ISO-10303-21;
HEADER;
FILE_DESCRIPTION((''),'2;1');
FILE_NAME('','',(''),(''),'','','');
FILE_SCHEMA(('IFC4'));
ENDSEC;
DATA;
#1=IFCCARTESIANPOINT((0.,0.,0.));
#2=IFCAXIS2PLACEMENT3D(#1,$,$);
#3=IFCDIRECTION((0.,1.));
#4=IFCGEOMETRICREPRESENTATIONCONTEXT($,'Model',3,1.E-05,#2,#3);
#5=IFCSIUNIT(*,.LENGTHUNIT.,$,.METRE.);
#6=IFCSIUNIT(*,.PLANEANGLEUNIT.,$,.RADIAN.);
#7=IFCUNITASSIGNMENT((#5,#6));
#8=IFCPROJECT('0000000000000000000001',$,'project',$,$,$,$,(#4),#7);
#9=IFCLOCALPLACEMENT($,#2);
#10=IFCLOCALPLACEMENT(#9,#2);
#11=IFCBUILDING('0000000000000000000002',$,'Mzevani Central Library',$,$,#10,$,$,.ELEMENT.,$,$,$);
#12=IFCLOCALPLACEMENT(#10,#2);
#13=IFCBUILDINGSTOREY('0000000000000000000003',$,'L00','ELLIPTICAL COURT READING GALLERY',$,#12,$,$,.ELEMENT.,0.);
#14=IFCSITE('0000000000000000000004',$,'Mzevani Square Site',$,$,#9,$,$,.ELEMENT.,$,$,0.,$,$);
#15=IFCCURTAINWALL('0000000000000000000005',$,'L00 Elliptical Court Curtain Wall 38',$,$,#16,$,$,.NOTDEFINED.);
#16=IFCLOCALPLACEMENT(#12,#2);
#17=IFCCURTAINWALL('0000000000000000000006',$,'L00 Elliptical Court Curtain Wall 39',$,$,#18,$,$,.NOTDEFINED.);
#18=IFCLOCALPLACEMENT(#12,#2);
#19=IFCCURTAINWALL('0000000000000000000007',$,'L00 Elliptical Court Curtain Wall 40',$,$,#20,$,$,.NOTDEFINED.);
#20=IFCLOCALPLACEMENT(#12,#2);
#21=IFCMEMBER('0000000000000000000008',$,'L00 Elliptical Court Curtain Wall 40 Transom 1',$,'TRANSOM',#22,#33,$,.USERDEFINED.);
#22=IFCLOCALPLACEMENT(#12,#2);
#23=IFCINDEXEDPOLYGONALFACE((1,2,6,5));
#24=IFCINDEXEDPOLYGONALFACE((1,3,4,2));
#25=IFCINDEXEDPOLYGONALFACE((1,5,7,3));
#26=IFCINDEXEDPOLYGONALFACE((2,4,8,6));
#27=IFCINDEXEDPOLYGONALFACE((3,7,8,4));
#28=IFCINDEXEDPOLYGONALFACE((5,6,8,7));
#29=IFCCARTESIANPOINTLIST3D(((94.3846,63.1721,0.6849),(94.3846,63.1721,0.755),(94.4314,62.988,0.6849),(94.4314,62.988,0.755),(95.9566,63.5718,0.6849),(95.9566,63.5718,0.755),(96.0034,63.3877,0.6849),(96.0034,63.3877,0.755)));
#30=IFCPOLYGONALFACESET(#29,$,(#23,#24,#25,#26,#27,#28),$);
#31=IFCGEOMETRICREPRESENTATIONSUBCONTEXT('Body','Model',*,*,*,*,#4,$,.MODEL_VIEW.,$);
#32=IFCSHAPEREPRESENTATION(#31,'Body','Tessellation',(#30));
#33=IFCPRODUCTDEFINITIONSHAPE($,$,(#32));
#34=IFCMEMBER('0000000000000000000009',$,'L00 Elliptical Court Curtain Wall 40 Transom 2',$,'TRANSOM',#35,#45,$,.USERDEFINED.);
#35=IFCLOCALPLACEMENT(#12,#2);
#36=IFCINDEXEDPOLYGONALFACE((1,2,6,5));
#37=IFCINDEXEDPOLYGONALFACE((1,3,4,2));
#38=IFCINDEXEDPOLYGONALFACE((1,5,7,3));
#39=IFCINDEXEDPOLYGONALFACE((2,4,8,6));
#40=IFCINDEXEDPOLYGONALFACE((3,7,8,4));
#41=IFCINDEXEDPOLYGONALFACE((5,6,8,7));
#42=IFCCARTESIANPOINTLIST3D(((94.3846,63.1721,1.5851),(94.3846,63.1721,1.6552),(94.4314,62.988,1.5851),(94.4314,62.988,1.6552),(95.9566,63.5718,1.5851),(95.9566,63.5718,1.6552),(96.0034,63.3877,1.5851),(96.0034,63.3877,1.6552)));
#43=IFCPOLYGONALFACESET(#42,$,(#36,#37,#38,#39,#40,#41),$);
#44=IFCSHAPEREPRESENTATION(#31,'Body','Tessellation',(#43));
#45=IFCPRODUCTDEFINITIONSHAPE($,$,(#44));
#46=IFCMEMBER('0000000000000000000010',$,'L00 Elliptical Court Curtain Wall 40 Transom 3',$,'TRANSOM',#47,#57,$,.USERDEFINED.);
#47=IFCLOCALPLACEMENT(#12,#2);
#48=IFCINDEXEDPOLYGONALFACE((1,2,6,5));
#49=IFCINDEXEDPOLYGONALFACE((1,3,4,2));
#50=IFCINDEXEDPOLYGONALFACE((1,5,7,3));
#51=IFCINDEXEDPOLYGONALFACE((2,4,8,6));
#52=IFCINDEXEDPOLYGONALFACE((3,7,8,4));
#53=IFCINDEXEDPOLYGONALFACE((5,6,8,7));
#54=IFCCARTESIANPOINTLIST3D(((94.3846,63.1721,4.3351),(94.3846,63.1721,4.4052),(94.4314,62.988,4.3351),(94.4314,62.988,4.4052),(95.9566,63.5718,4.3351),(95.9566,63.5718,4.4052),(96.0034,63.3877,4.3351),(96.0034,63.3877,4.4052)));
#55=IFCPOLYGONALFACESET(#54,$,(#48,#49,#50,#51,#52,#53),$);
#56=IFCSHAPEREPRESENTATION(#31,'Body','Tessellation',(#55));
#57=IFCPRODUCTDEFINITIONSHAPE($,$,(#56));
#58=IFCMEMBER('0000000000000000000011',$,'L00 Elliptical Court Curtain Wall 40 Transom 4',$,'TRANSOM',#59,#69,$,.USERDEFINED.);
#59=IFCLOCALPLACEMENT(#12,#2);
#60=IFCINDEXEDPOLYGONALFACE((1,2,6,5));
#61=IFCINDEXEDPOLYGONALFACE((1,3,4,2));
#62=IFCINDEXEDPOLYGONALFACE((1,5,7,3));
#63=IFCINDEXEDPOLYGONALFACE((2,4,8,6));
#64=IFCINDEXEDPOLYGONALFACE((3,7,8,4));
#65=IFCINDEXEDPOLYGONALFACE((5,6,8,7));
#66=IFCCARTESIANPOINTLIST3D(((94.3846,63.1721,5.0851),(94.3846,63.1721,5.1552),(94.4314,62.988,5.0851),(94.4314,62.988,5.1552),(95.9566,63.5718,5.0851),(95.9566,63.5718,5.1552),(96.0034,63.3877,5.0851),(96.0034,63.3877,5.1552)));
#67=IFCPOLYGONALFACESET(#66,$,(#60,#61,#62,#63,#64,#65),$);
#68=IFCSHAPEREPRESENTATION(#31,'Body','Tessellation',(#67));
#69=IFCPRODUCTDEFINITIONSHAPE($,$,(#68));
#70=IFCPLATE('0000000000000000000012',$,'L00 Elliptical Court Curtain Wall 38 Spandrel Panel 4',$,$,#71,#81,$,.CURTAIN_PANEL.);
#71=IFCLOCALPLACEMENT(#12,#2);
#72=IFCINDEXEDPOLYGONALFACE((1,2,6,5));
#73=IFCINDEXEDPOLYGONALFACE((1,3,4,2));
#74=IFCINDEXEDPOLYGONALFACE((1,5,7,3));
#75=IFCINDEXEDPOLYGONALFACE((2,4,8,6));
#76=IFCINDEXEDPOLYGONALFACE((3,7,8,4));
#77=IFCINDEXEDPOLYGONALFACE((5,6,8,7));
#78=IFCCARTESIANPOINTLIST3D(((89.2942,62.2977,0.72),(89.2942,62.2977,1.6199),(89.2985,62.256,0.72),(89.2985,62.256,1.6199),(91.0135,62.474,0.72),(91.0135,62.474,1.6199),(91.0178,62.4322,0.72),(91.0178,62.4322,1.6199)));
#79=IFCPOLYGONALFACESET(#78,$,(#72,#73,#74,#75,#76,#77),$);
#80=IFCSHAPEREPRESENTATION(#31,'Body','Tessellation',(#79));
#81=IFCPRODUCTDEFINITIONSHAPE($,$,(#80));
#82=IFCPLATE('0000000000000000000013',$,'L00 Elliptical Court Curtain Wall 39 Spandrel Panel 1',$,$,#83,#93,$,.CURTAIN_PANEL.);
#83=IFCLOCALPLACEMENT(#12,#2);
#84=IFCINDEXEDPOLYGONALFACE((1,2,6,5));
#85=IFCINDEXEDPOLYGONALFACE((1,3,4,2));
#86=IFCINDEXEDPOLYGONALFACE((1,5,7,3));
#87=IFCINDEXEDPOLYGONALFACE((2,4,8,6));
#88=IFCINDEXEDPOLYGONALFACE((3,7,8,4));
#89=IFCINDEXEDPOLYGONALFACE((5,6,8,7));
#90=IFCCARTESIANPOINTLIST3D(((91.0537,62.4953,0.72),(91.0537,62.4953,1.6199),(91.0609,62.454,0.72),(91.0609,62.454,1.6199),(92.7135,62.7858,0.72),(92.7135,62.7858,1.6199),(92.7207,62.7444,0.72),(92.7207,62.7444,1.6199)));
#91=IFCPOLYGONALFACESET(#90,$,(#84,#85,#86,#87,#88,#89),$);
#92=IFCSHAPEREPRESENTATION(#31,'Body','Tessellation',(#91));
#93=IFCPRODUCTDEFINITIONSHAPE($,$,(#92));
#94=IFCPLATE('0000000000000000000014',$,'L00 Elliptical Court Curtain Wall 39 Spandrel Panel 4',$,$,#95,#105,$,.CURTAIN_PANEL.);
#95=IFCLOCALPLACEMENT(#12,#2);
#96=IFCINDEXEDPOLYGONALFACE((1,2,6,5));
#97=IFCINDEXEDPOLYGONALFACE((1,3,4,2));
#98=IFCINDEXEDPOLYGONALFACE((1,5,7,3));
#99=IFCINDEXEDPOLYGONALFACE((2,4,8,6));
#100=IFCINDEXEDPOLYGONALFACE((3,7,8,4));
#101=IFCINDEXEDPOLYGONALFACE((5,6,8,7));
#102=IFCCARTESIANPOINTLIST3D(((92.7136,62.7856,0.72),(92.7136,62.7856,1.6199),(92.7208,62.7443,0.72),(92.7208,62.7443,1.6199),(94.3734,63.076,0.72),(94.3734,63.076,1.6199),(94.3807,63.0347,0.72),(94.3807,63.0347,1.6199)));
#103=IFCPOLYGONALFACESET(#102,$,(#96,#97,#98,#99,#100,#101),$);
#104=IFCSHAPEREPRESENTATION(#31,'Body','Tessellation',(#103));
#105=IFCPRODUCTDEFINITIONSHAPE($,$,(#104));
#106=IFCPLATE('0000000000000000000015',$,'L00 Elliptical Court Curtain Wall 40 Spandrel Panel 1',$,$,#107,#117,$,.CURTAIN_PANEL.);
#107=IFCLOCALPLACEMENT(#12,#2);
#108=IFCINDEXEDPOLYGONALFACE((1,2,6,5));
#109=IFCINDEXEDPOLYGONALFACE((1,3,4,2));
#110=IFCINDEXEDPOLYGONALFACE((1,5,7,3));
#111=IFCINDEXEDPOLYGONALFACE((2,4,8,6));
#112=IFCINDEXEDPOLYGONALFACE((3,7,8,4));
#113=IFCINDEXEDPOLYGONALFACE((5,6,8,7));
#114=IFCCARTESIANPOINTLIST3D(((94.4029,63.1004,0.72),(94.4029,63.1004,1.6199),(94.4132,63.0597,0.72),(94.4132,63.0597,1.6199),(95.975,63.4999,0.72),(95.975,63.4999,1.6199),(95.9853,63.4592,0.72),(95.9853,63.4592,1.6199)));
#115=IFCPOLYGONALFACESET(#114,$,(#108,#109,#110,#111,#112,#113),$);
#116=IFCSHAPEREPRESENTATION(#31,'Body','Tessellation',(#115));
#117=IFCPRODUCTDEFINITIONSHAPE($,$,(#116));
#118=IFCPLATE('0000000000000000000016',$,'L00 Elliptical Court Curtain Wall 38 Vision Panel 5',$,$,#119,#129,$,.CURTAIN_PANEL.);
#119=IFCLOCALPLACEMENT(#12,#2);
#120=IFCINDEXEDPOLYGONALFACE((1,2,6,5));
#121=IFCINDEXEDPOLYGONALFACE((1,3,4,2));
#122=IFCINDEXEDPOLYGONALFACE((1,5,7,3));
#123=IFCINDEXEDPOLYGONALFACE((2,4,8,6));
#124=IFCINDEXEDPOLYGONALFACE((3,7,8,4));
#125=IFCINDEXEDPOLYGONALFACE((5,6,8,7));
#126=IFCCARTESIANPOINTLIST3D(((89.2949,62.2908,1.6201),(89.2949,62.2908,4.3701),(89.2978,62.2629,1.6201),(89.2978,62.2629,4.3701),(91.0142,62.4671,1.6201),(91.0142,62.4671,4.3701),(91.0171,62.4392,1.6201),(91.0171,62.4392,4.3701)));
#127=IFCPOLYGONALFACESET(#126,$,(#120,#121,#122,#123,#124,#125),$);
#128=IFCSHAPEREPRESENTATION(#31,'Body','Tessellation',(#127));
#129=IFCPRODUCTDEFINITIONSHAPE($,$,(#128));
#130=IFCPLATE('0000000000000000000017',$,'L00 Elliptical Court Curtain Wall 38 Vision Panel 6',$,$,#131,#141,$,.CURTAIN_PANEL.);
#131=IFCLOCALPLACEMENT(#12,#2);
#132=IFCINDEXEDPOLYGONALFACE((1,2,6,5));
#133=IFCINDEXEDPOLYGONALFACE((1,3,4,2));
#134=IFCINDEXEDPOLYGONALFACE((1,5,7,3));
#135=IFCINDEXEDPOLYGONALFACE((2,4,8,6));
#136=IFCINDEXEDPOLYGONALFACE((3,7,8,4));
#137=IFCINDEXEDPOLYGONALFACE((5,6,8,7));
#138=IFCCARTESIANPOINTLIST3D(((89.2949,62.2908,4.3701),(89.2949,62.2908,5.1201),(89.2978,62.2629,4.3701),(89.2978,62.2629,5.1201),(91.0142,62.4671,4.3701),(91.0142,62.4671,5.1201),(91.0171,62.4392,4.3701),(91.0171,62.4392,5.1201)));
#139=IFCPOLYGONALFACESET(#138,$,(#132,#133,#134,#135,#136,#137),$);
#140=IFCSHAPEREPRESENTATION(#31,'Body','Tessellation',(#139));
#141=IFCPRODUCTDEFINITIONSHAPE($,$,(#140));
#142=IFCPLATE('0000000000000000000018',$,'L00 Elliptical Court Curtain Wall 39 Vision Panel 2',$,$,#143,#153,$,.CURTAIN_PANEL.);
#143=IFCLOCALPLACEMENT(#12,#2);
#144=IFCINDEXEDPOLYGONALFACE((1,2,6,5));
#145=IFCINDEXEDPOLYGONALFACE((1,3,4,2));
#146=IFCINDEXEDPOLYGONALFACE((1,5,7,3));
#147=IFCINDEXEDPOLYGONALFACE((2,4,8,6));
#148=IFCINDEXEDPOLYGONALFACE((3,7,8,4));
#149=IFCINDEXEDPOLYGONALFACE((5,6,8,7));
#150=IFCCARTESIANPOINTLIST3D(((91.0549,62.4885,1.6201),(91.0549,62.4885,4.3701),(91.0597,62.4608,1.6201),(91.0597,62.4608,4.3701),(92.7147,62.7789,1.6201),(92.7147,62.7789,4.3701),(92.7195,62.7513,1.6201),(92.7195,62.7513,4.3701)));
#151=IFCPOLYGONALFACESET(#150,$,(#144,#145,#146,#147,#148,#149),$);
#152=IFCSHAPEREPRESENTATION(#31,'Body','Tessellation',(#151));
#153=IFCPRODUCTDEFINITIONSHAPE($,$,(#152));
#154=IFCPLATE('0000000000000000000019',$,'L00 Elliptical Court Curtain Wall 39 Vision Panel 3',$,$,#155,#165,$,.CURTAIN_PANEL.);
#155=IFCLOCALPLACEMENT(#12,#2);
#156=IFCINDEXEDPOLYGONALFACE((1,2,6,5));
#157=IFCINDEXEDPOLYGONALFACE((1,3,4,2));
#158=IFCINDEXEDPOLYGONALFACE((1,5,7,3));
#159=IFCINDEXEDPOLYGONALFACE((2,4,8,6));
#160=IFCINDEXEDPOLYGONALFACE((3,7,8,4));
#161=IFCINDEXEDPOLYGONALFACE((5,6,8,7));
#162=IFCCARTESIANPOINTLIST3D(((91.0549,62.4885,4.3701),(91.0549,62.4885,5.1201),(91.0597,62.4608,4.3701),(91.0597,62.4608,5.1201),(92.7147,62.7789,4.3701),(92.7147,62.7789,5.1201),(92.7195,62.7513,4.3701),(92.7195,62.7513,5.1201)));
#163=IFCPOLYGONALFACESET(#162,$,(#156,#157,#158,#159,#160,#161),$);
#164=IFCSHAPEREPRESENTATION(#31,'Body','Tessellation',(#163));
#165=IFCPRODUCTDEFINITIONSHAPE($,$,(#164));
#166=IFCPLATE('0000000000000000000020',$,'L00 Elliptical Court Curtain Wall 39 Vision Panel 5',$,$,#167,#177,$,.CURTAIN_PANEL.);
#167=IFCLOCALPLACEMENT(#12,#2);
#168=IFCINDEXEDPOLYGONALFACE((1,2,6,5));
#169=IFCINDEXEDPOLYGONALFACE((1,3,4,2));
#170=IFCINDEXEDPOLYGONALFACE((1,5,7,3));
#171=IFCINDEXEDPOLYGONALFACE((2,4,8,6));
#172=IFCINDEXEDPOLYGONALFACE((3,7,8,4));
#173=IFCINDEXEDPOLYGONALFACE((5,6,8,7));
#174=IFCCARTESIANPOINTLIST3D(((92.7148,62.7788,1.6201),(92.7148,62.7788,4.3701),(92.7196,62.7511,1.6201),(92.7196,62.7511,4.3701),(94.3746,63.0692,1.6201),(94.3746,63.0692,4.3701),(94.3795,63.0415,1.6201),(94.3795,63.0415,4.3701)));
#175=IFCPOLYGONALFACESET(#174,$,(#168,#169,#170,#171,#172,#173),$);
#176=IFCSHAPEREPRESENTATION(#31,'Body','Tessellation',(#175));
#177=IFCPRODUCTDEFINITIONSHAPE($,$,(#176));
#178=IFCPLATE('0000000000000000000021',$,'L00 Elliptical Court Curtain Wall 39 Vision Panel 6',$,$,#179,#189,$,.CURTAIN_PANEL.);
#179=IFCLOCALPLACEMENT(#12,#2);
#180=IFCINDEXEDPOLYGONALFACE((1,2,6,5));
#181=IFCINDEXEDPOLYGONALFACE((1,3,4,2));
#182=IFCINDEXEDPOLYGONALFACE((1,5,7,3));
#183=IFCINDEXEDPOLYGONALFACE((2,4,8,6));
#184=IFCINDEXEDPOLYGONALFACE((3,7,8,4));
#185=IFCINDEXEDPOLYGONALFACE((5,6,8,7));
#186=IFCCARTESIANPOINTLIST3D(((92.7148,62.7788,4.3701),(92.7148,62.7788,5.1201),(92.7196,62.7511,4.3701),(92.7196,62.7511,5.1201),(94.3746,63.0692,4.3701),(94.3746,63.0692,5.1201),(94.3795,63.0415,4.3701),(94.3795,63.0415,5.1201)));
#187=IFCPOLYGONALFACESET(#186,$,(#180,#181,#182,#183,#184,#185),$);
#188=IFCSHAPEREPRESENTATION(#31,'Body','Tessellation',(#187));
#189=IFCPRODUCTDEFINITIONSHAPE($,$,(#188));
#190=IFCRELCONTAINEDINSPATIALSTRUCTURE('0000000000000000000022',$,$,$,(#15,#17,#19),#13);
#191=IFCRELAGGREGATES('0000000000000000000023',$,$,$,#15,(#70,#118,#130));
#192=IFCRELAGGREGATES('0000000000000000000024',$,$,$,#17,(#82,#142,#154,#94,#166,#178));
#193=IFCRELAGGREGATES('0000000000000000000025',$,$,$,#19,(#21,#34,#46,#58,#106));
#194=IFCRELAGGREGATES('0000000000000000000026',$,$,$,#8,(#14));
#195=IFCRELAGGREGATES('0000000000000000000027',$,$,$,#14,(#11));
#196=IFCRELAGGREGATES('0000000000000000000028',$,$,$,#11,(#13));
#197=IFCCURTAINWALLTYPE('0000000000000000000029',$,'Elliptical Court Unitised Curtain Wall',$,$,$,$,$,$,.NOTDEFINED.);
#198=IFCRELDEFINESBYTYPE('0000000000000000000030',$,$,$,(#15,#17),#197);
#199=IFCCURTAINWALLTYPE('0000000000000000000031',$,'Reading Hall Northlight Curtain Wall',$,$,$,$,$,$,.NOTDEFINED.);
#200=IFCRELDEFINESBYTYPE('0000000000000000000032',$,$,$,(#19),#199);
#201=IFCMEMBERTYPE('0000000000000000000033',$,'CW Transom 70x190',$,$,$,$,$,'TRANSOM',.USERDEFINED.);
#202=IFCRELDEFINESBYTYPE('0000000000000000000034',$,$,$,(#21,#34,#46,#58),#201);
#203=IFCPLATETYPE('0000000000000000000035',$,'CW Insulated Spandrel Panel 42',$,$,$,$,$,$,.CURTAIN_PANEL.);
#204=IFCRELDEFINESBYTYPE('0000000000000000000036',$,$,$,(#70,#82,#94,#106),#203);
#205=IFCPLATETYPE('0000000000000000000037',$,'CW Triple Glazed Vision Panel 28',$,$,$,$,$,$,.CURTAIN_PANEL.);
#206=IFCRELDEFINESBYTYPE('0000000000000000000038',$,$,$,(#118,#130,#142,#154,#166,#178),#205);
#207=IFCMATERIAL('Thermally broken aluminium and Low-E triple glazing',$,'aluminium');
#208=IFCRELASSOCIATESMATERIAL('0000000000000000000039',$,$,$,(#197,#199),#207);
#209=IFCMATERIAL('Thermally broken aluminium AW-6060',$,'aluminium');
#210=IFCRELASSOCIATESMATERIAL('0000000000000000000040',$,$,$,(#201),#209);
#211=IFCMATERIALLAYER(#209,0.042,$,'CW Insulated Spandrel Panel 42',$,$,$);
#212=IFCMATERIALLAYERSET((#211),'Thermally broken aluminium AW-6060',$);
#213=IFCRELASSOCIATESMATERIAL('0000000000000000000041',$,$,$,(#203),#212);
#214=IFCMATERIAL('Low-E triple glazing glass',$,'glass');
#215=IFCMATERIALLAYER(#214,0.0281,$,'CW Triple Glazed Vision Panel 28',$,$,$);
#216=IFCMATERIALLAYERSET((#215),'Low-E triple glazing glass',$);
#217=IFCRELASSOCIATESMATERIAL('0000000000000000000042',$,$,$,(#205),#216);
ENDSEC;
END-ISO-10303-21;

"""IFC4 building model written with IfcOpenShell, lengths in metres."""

from ifc_helpers import new_model, si_unit, direction, frame, origin, origin_2d, place, context, subcontext, project, spatial, rectangle, extrude, material, layer, layer_set, material_profile, profile_set, type_object, element, aggregate, save


model = new_model("IFC4")

# Units and contexts
model_context = context("Model", 3, precision=1e-05, world=origin(), true_north=direction((0.0, 1.0)))
body_context = subcontext(model_context, "Body", "Model", "MODEL_VIEW")
ifc_project = project(units=[si_unit("LENGTHUNIT", "METRE"), si_unit("PLANEANGLEUNIT", "RADIAN")], contexts=[model_context])

# Site, building, storey
site_placement = place(None, origin())
site = spatial("IfcSite", under=ifc_project, at=site_placement, Name="Mzevani Square Site", CompositionType="ELEMENT", RefElevation=0.0)
building_placement = place(site_placement, origin())
building = spatial("IfcBuilding", under=site, at=building_placement, Name="Mzevani Central Library", CompositionType="ELEMENT")
storey_placement = place(building_placement, origin())
storey = spatial("IfcBuildingStorey", under=building, at=storey_placement, Name="L00", Description="ELLIPTICAL COURT READING GALLERY", CompositionType="ELEMENT", Elevation=0.0)

# Curtain wall
ifc_material_1 = material(Name="Thermally broken aluminium and Low-E triple glazing", Category="aluminium")
curtain_wall_type_1 = type_object("IfcCurtainWallType", Name="Elliptical Court Unitised Curtain Wall", PredefinedType="NOTDEFINED", material=ifc_material_1)
curtain_wall_1_placement = place(storey_placement, origin())
curtain_wall_1 = element("IfcCurtainWall", 1, at=curtain_wall_1_placement, inside=storey, type_object=curtain_wall_type_1, Name="L00 Elliptical Court Curtain Wall 38", PredefinedType="NOTDEFINED")
ifc_material_2 = material(Name="Thermally broken aluminium AW-6060", Category="aluminium")

# Curtain walls
curtain_wall_2_placement = place(storey_placement, origin())
curtain_wall_2 = element("IfcCurtainWall", 2, at=curtain_wall_2_placement, inside=storey, type_object=curtain_wall_type_1, Name="L00 Elliptical Court Curtain Wall 39", PredefinedType="NOTDEFINED")
curtain_wall_type_2 = type_object("IfcCurtainWallType", Name="Reading Hall Northlight Curtain Wall", PredefinedType="NOTDEFINED", material=ifc_material_1)
curtain_wall_3_placement = place(storey_placement, origin())
curtain_wall_3 = element("IfcCurtainWall", 3, at=curtain_wall_3_placement, inside=storey, type_object=curtain_wall_type_2, Name="L00 Elliptical Court Curtain Wall 40", PredefinedType="NOTDEFINED")

# Members
ifc_material_profile_1 = material_profile(ifc_material_2, rectangle(XDim=0.1899, YDim=0.0701, at=origin_2d()), Name="ALU T70x190")
ifc_profile_set_1 = profile_set([ifc_material_profile_1], Name="Thermally broken aluminium AW-6060")
member_type_1 = type_object("IfcMemberType", Name="CW Transom 70x190", ElementType="TRANSOM", PredefinedType="USERDEFINED", material=ifc_profile_set_1)
member_1_placement = place(storey_placement, frame((94.408, 63.0801, 0.72), z_axis=(0.96917, 0.246394, 0.0), x_axis=(-0.246394, 0.96917, 0.0)))
member_1 = element("IfcMember", 4, at=member_1_placement, type_object=member_type_1, Name="L00 Elliptical Court Curtain Wall 40 Transom 1", ObjectType="TRANSOM", PredefinedType="USERDEFINED", context=body_context, shape_type="SweptSolid", body=[
    extrude(rectangle(XDim=0.1899, YDim=0.0701, at=origin_2d()), origin(), (0.0, 0.0, 1.0), 1.6221),
])
member_2_placement = place(storey_placement, frame((94.408, 63.0801, 1.6201), z_axis=(0.96917, 0.246394, 0.0), x_axis=(-0.246394, 0.96917, 0.0)))
member_2 = element("IfcMember", 5, at=member_2_placement, type_object=member_type_1, Name="L00 Elliptical Court Curtain Wall 40 Transom 2", ObjectType="TRANSOM", PredefinedType="USERDEFINED", context=body_context, shape_type="SweptSolid", body=[
    extrude(rectangle(XDim=0.1899, YDim=0.0701, at=origin_2d()), origin(), (0.0, 0.0, 1.0), 1.6221),
])
member_3_placement = place(storey_placement, frame((94.408, 63.0801, 4.3701), z_axis=(0.96917, 0.246394, 0.0), x_axis=(-0.246394, 0.96917, 0.0)))
member_3 = element("IfcMember", 6, at=member_3_placement, type_object=member_type_1, Name="L00 Elliptical Court Curtain Wall 40 Transom 3", ObjectType="TRANSOM", PredefinedType="USERDEFINED", context=body_context, shape_type="SweptSolid", body=[
    extrude(rectangle(XDim=0.1899, YDim=0.0701, at=origin_2d()), origin(), (0.0, 0.0, 1.0), 1.6221),
])
member_4_placement = place(storey_placement, frame((94.408, 63.0801, 5.1201), z_axis=(0.96917, 0.246394, 0.0), x_axis=(-0.246394, 0.96917, 0.0)))
member_4 = element("IfcMember", 7, at=member_4_placement, type_object=member_type_1, Name="L00 Elliptical Court Curtain Wall 40 Transom 4", ObjectType="TRANSOM", PredefinedType="USERDEFINED", context=body_context, shape_type="SweptSolid", body=[
    extrude(rectangle(XDim=0.1899, YDim=0.0701, at=origin_2d()), origin(), (0.0, 0.0, 1.0), 1.6221),
])

# Plates
ifc_layer_1 = layer(ifc_material_2, 0.042, Name="CW Insulated Spandrel Panel 42")
ifc_layer_set_1 = layer_set([ifc_layer_1], Name="Thermally broken aluminium AW-6060")
plate_type_1 = type_object("IfcPlateType", Name="CW Insulated Spandrel Panel 42", PredefinedType="CURTAIN_PANEL", material=ifc_layer_set_1)
plate_1_placement = place(storey_placement, frame((90.156, 62.365, 0.72), z_axis=(0.0, 0.0, 1.0), x_axis=(0.994786, 0.101987, 0.0)))
plate_1 = element("IfcPlate", 8, at=plate_1_placement, type_object=plate_type_1, Name="L00 Elliptical Court Curtain Wall 38 Spandrel Panel 4", PredefinedType="CURTAIN_PANEL", context=body_context, shape_type="SweptSolid", body=[
    extrude(rectangle(XDim=1.7283, YDim=0.042, at=origin_2d()), origin(), (0.0, 0.0, 1.0), 0.8999),
])
plate_2_placement = place(storey_placement, frame((91.8872, 62.6199, 0.72), z_axis=(0.0, 0.0, 1.0), x_axis=(0.985036, 0.172349, 0.0)))
plate_2 = element("IfcPlate", 9, at=plate_2_placement, type_object=plate_type_1, Name="L00 Elliptical Court Curtain Wall 39 Spandrel Panel 1", PredefinedType="CURTAIN_PANEL", context=body_context, shape_type="SweptSolid", body=[
    extrude(rectangle(XDim=1.6851, YDim=0.042, at=origin_2d()), origin(), (0.0, 0.0, 1.0), 0.8999),
])
plate_3_placement = place(storey_placement, frame((93.5471, 62.9102, 0.72), z_axis=(0.0, 0.0, 1.0), x_axis=(0.985036, 0.172349, 0.0)))
plate_3 = element("IfcPlate", 10, at=plate_3_placement, type_object=plate_type_1, Name="L00 Elliptical Court Curtain Wall 39 Spandrel Panel 4", PredefinedType="CURTAIN_PANEL", context=body_context, shape_type="SweptSolid", body=[
    extrude(rectangle(XDim=1.6851, YDim=0.042, at=origin_2d()), origin(), (0.0, 0.0, 1.0), 0.8999),
])
plate_4_placement = place(storey_placement, frame((95.1941, 63.2798, 0.72), z_axis=(0.0, 0.0, 1.0), x_axis=(0.969187, 0.246328, 0.0)))
plate_4 = element("IfcPlate", 11, at=plate_4_placement, type_object=plate_type_1, Name="L00 Elliptical Court Curtain Wall 40 Spandrel Panel 1", PredefinedType="CURTAIN_PANEL", context=body_context, shape_type="SweptSolid", body=[
    extrude(rectangle(XDim=1.6221, YDim=0.042, at=origin_2d()), origin(), (0.0, 0.0, 1.0), 0.8999),
])
ifc_material_3 = material(Name="Low-E triple glazing glass", Category="glass")
ifc_layer_2 = layer(ifc_material_3, 0.0281, Name="CW Triple Glazed Vision Panel 28")
ifc_layer_set_2 = layer_set([ifc_layer_2], Name="Low-E triple glazing glass")
plate_type_2 = type_object("IfcPlateType", Name="CW Triple Glazed Vision Panel 28", PredefinedType="CURTAIN_PANEL", material=ifc_layer_set_2)
plate_5_placement = place(storey_placement, frame((90.156, 62.365, 1.6201), z_axis=(0.0, 0.0, 1.0), x_axis=(0.994786, 0.101987, 0.0)))
plate_5 = element("IfcPlate", 12, at=plate_5_placement, type_object=plate_type_2, Name="L00 Elliptical Court Curtain Wall 38 Vision Panel 5", PredefinedType="CURTAIN_PANEL", context=body_context, shape_type="SweptSolid", body=[
    extrude(rectangle(XDim=1.7283, YDim=0.0281, at=origin_2d()), origin(), (0.0, 0.0, 1.0), 2.75),
])
plate_6_placement = place(storey_placement, frame((90.156, 62.365, 4.3701), z_axis=(0.0, 0.0, 1.0), x_axis=(0.994786, 0.101987, 0.0)))
plate_6 = element("IfcPlate", 13, at=plate_6_placement, type_object=plate_type_2, Name="L00 Elliptical Court Curtain Wall 38 Vision Panel 6", PredefinedType="CURTAIN_PANEL", context=body_context, shape_type="SweptSolid", body=[
    extrude(rectangle(XDim=1.7283, YDim=0.0281, at=origin_2d()), origin(), (0.0, 0.0, 1.0), 0.75),
])
aggregate(curtain_wall_1, [plate_1, plate_5, plate_6])
plate_7_placement = place(storey_placement, frame((91.8872, 62.6199, 1.6201), z_axis=(0.0, 0.0, 1.0), x_axis=(0.985036, 0.172349, 0.0)))
plate_7 = element("IfcPlate", 14, at=plate_7_placement, type_object=plate_type_2, Name="L00 Elliptical Court Curtain Wall 39 Vision Panel 2", PredefinedType="CURTAIN_PANEL", context=body_context, shape_type="SweptSolid", body=[
    extrude(rectangle(XDim=1.6851, YDim=0.0281, at=origin_2d()), origin(), (0.0, 0.0, 1.0), 2.75),
])
plate_8_placement = place(storey_placement, frame((91.8872, 62.6199, 4.3701), z_axis=(0.0, 0.0, 1.0), x_axis=(0.985036, 0.172349, 0.0)))
plate_8 = element("IfcPlate", 15, at=plate_8_placement, type_object=plate_type_2, Name="L00 Elliptical Court Curtain Wall 39 Vision Panel 3", PredefinedType="CURTAIN_PANEL", context=body_context, shape_type="SweptSolid", body=[
    extrude(rectangle(XDim=1.6851, YDim=0.0281, at=origin_2d()), origin(), (0.0, 0.0, 1.0), 0.75),
])
plate_9_placement = place(storey_placement, frame((93.5471, 62.9102, 1.6201), z_axis=(0.0, 0.0, 1.0), x_axis=(0.985036, 0.172349, 0.0)))
plate_9 = element("IfcPlate", 16, at=plate_9_placement, type_object=plate_type_2, Name="L00 Elliptical Court Curtain Wall 39 Vision Panel 5", PredefinedType="CURTAIN_PANEL", context=body_context, shape_type="SweptSolid", body=[
    extrude(rectangle(XDim=1.6851, YDim=0.0281, at=origin_2d()), origin(), (0.0, 0.0, 1.0), 2.75),
])
plate_10_placement = place(storey_placement, frame((93.5471, 62.9102, 4.3701), z_axis=(0.0, 0.0, 1.0), x_axis=(0.985036, 0.172349, 0.0)))
plate_10 = element("IfcPlate", 17, at=plate_10_placement, type_object=plate_type_2, Name="L00 Elliptical Court Curtain Wall 39 Vision Panel 6", PredefinedType="CURTAIN_PANEL", context=body_context, shape_type="SweptSolid", body=[
    extrude(rectangle(XDim=1.6851, YDim=0.0281, at=origin_2d()), origin(), (0.0, 0.0, 1.0), 0.75),
])
aggregate(curtain_wall_2, [plate_2, plate_7, plate_8, plate_3, plate_9, plate_10])
aggregate(curtain_wall_3, [member_1, member_2, member_3, member_4, plate_4])

save(model, "model.ifc")
